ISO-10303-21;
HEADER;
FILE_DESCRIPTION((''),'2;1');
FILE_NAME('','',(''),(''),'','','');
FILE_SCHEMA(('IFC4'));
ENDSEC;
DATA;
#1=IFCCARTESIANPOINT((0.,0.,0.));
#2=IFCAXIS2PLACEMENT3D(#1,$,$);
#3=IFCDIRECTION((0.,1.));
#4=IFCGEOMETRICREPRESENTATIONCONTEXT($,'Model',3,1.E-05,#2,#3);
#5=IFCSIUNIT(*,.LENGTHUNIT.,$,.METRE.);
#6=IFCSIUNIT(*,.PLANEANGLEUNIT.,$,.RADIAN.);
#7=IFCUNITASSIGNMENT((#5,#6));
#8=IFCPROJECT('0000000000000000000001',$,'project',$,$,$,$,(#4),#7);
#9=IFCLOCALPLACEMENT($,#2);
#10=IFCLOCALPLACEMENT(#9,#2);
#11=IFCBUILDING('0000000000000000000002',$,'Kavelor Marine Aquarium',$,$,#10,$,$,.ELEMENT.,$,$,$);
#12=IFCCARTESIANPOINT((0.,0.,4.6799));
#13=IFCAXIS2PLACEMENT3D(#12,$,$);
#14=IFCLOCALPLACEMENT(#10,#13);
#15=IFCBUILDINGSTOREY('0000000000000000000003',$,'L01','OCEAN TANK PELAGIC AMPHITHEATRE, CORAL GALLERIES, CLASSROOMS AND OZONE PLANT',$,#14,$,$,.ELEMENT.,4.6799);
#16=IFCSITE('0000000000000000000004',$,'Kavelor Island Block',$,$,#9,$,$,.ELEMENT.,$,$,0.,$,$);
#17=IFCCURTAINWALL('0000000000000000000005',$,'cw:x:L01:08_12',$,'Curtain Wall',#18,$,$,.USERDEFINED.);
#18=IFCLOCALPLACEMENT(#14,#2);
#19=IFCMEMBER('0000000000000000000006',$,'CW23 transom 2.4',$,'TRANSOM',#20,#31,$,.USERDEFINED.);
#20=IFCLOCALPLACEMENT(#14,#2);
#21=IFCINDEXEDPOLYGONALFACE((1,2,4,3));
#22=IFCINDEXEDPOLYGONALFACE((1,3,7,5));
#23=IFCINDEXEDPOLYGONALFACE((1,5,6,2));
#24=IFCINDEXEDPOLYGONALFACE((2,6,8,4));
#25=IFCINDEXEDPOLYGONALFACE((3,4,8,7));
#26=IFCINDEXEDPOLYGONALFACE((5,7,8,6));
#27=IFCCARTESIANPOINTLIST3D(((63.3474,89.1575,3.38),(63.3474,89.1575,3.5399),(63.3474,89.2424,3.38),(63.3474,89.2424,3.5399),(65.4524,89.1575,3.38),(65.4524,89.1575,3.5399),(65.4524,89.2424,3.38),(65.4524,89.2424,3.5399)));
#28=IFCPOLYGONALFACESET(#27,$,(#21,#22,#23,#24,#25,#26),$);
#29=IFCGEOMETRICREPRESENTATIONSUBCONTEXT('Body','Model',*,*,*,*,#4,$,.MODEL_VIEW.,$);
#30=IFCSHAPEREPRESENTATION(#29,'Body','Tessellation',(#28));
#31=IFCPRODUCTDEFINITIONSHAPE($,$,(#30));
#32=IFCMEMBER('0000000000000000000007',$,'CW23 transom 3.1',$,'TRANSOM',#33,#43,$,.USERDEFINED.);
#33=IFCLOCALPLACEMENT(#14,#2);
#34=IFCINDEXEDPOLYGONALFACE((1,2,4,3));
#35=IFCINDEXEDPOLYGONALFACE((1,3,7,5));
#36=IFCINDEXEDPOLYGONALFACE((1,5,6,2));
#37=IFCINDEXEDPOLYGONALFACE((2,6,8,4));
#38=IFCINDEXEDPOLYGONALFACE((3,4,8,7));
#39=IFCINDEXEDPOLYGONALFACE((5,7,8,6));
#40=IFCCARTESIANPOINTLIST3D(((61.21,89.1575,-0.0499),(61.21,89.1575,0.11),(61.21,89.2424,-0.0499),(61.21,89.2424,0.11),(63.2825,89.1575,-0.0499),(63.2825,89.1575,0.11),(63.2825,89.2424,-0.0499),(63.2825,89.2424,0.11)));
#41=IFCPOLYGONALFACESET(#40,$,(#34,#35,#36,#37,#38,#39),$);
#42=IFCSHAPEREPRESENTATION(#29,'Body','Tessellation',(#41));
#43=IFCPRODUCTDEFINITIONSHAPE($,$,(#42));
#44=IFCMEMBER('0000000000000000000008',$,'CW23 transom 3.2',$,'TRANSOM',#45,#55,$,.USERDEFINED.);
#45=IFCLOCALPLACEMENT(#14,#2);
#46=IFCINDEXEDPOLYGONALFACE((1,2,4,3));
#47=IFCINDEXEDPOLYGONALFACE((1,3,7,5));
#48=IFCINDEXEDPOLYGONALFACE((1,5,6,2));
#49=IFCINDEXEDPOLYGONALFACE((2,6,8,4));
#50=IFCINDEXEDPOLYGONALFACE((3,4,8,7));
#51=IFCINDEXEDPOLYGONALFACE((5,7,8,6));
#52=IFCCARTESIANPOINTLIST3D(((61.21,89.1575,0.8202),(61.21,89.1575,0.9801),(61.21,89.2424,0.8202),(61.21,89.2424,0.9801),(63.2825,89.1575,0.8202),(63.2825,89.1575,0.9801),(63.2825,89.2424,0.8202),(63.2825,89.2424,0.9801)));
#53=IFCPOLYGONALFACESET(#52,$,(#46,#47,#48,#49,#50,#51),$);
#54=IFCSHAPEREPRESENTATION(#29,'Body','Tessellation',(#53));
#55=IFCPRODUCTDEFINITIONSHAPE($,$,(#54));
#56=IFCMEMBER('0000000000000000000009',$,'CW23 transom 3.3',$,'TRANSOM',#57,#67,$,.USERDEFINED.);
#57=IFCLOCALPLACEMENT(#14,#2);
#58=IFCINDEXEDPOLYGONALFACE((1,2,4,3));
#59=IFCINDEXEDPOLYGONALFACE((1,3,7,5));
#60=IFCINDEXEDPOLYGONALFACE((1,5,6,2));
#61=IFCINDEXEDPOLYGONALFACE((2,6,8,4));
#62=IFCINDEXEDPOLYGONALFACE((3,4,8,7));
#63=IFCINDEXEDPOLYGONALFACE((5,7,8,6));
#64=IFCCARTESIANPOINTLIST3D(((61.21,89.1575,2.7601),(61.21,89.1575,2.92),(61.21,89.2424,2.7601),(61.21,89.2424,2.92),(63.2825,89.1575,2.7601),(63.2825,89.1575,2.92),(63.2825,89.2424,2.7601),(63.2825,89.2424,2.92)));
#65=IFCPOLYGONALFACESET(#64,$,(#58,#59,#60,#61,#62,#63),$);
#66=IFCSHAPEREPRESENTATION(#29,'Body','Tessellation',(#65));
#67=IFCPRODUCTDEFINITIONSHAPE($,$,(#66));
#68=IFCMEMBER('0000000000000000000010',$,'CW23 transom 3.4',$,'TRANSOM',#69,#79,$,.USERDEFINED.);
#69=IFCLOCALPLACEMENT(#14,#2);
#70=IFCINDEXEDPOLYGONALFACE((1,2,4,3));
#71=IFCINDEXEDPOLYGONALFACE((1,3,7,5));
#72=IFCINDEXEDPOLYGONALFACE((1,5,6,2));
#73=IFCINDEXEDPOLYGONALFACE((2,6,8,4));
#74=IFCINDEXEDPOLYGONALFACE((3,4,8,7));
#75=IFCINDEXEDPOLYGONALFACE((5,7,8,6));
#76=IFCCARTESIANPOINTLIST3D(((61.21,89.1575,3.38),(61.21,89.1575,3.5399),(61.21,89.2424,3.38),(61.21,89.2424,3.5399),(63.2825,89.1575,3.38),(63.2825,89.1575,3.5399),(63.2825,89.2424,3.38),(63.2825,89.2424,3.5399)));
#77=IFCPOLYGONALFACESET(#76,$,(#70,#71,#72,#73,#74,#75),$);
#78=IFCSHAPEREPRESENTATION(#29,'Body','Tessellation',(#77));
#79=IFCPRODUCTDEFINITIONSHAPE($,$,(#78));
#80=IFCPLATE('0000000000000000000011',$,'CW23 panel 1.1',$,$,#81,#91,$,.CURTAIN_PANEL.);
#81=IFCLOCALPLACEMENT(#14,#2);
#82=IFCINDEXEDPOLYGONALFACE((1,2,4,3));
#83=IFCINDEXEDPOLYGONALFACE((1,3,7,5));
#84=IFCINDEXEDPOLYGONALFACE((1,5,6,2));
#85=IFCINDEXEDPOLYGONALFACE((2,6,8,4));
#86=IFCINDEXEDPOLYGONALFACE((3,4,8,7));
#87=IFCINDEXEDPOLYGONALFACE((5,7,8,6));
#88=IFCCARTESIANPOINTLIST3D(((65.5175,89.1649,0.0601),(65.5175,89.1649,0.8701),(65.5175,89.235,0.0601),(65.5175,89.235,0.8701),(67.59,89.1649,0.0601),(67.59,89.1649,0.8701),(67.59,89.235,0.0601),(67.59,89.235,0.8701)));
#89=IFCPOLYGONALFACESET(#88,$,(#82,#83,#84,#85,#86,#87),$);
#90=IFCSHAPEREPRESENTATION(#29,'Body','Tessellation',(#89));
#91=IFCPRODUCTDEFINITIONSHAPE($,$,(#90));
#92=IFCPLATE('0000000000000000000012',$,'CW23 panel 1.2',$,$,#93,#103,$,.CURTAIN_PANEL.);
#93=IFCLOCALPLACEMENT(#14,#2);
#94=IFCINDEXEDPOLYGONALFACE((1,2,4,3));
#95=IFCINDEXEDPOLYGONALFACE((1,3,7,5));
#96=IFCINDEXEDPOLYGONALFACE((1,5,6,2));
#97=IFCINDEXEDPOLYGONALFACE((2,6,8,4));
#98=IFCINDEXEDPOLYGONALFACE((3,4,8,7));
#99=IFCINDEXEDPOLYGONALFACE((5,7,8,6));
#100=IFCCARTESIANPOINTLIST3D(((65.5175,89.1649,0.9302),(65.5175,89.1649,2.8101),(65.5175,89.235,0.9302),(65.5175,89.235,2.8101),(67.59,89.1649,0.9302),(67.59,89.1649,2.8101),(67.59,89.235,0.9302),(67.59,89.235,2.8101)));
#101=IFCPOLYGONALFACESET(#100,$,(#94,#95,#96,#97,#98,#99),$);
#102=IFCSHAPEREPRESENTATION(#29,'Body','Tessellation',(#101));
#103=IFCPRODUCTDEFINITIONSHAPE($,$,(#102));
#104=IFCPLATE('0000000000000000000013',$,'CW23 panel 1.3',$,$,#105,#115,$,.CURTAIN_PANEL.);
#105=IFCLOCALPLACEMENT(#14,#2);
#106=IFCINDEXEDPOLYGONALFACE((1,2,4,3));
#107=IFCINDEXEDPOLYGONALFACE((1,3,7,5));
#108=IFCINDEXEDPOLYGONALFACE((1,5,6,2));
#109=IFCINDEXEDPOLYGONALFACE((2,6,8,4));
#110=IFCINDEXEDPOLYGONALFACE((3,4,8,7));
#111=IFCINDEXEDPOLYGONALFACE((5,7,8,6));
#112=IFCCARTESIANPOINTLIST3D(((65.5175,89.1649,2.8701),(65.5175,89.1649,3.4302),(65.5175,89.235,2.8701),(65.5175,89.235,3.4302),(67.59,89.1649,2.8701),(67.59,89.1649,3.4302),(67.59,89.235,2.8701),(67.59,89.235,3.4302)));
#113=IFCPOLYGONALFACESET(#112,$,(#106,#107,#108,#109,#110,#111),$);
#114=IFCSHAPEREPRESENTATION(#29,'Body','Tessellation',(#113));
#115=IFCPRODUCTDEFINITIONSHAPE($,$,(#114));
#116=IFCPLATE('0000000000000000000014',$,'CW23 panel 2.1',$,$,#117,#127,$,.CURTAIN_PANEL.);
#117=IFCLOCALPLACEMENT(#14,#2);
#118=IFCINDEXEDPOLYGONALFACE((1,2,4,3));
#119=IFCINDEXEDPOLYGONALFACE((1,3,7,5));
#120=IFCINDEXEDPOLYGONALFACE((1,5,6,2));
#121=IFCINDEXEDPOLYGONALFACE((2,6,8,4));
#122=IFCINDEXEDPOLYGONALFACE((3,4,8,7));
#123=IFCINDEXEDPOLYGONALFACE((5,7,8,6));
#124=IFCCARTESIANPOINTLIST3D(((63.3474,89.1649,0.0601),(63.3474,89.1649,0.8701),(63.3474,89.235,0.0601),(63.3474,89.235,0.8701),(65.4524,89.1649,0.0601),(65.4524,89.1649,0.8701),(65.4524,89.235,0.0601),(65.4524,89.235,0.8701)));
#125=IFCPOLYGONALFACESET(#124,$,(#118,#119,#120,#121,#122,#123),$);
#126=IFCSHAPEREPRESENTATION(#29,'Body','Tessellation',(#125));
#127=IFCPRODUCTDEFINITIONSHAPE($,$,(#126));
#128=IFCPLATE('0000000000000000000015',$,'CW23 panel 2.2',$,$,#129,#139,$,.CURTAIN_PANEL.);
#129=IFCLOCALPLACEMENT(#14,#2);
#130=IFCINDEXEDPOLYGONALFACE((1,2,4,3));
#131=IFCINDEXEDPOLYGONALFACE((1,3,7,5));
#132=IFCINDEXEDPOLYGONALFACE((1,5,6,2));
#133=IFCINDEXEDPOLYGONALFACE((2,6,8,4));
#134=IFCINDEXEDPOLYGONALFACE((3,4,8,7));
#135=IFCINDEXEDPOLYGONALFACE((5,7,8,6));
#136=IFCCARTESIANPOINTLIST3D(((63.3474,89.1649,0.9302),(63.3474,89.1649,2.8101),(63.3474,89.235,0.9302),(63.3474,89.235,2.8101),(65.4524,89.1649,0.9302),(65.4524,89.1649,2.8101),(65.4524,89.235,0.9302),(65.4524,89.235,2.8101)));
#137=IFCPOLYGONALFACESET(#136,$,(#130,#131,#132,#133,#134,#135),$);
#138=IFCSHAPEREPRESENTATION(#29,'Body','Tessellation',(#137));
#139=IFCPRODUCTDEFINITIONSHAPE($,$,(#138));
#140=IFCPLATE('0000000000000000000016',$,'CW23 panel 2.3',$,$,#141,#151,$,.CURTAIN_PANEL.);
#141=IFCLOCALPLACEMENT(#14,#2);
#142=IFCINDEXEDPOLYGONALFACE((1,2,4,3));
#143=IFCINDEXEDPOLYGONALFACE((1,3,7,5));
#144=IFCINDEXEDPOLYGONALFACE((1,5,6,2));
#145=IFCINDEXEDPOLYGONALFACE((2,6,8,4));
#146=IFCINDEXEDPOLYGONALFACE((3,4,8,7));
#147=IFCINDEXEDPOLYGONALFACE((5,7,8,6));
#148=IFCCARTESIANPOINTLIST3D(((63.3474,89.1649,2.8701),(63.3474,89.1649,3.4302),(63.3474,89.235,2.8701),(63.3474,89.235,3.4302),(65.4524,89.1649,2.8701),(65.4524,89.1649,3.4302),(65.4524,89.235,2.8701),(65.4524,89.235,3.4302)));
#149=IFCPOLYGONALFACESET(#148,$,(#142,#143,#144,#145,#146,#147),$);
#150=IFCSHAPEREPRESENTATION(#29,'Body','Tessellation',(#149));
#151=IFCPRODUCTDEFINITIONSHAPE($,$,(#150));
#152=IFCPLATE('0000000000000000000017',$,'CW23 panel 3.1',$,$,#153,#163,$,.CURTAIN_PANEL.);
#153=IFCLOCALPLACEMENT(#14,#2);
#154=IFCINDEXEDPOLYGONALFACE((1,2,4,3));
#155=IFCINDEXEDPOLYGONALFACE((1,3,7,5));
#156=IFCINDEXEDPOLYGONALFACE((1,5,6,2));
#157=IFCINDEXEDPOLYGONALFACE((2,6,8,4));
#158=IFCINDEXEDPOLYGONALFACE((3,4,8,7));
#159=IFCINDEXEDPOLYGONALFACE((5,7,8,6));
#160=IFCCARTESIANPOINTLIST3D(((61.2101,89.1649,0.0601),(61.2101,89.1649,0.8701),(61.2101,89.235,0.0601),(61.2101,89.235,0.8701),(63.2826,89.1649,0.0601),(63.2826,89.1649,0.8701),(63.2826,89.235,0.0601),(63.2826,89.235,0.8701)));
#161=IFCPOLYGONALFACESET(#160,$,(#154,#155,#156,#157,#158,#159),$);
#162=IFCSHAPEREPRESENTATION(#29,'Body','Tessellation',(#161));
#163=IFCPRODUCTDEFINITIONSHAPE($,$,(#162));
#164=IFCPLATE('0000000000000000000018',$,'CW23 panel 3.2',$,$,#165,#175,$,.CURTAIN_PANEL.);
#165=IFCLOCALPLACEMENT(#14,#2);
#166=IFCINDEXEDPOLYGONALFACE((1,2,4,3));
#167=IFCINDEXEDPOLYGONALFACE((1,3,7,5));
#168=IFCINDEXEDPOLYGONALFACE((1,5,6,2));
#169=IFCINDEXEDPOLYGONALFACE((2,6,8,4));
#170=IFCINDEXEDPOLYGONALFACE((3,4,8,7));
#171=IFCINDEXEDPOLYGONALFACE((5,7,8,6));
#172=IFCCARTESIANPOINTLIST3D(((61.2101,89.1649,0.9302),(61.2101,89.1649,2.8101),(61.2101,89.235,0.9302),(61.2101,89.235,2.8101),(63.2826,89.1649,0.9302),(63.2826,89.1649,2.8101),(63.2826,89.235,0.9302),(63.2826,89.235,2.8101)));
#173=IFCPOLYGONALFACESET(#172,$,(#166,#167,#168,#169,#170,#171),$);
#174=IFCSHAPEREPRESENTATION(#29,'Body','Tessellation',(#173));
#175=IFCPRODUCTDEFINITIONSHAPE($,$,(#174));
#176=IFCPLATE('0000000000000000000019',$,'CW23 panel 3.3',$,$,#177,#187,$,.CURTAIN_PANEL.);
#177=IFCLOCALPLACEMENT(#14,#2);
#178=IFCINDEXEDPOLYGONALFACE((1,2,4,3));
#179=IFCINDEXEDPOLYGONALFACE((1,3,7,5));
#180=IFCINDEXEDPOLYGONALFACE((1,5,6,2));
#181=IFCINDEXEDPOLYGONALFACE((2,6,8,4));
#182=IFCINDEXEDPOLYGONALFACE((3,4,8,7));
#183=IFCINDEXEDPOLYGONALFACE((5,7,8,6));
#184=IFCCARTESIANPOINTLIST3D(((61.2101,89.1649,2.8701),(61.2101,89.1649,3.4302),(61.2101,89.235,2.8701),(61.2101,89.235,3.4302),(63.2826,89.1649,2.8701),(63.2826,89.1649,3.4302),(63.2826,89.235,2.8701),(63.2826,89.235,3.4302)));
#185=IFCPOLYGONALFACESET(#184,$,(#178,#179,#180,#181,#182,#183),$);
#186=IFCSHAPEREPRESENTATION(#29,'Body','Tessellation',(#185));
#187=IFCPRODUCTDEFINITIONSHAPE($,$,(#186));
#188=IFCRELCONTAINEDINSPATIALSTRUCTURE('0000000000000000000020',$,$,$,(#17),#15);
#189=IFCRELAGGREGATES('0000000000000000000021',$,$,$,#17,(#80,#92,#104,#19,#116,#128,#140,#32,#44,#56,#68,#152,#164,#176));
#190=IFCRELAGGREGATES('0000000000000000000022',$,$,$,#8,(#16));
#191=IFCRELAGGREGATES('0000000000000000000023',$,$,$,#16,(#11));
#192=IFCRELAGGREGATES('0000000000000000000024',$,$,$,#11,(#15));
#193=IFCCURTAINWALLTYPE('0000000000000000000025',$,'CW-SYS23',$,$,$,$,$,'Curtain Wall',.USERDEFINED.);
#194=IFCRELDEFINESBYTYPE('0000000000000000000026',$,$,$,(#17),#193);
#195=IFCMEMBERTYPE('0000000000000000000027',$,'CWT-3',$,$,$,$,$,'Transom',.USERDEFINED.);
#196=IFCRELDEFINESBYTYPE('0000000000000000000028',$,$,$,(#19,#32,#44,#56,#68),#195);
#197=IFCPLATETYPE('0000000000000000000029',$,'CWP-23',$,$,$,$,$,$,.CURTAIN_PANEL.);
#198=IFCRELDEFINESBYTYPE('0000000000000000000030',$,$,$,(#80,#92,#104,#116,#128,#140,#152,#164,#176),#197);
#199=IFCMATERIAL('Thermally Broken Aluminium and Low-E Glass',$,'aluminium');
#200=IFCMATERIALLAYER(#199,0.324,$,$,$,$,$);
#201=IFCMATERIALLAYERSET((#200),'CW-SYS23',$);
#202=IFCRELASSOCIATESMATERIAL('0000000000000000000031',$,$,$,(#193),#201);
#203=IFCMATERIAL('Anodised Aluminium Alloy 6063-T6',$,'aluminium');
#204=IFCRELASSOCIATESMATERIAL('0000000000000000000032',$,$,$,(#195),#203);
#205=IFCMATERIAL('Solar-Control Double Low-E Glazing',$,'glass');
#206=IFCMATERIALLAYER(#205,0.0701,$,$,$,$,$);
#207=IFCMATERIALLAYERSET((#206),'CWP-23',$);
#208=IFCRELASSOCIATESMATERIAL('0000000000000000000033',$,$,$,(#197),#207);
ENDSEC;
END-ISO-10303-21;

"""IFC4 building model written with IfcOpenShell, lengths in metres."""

from ifc_helpers import new_model, si_unit, direction, frame, origin, origin_2d, place, context, subcontext, project, spatial, rectangle, extrude, material, layer, layer_set, material_profile, profile_set, type_object, element, aggregate, save


model = new_model("IFC4")

# Units and contexts
model_context = context("Model", 3, precision=1e-05, world=origin(), true_north=direction((0.0, 1.0)))
body_context = subcontext(model_context, "Body", "Model", "MODEL_VIEW")
ifc_project = project(units=[si_unit("LENGTHUNIT", "METRE"), si_unit("PLANEANGLEUNIT", "RADIAN")], contexts=[model_context])

# Site, building, storey
site_placement = place(None, origin())
site = spatial("IfcSite", under=ifc_project, at=site_placement, Name="Kavelor Island Block", CompositionType="ELEMENT", RefElevation=0.0)
building_placement = place(site_placement, origin())
building = spatial("IfcBuilding", under=site, at=building_placement, Name="Kavelor Marine Aquarium", CompositionType="ELEMENT")
storey_placement = place(building_placement, frame((0.0, 0.0, 4.6799)))
storey = spatial("IfcBuildingStorey", under=building, at=storey_placement, Name="L01", Description="OCEAN TANK PELAGIC AMPHITHEATRE, CORAL GALLERIES, CLASSROOMS AND OZONE PLANT", CompositionType="ELEMENT", Elevation=4.6799)

# Curtain wall, members, plates
ifc_material_1 = material(Name="Thermally Broken Aluminium and Low-E Glass", Category="aluminium")
ifc_layer_1 = layer(ifc_material_1, 0.324)
ifc_layer_set_1 = layer_set([ifc_layer_1], Name="CW-SYS23")
curtain_wall_type = type_object("IfcCurtainWallType", Name="CW-SYS23", ElementType="Curtain Wall", PredefinedType="USERDEFINED", material=ifc_layer_set_1)
curtain_wall_placement = place(storey_placement, origin())
curtain_wall = element("IfcCurtainWall", 1, at=curtain_wall_placement, inside=storey, type_object=curtain_wall_type, Name="cw:x:L01:08_12", ObjectType="Curtain Wall", PredefinedType="USERDEFINED")
ifc_material_2 = material(Name="Anodised Aluminium Alloy 6063-T6", Category="aluminium")
ifc_material_profile_1 = material_profile(ifc_material_2, rectangle(XDim=0.085, YDim=0.1599, at=origin_2d()), Name="CW-TRN 85x160")
ifc_profile_set_1 = profile_set([ifc_material_profile_1], Name="Anodised Aluminium Alloy 6063-T6")
member_type_1 = type_object("IfcMemberType", Name="CWT-3", ElementType="Transom", PredefinedType="USERDEFINED", material=ifc_profile_set_1)
member_1_placement = place(storey_placement, frame((65.4524, 89.2, 3.46), z_axis=(-1.0, 0.0, 0.0), x_axis=(0.0, -1.0, 0.0)))
member_1 = element("IfcMember", 2, at=member_1_placement, type_object=member_type_1, Name="CW23 transom 2.4", ObjectType="TRANSOM", PredefinedType="USERDEFINED", context=body_context, shape_type="SweptSolid", body=[
    extrude(rectangle(XDim=0.085, YDim=0.1599, at=origin_2d()), origin(), (0.0, 0.0, 1.0), 2.105),
])
member_2_placement = place(storey_placement, frame((63.2825, 89.2, 0.03), z_axis=(-1.0, 0.0, 0.0), x_axis=(0.0, -1.0, 0.0)))
member_2 = element("IfcMember", 3, at=member_2_placement, type_object=member_type_1, Name="CW23 transom 3.1", ObjectType="TRANSOM", PredefinedType="USERDEFINED", context=body_context, shape_type="SweptSolid", body=[
    extrude(rectangle(XDim=0.085, YDim=0.1599, at=origin_2d()), origin(), (0.0, 0.0, 1.0), 2.0725),
])
member_3_placement = place(storey_placement, frame((63.2825, 89.2, 0.9001), z_axis=(-1.0, 0.0, 0.0), x_axis=(0.0, -1.0, 0.0)))
member_3 = element("IfcMember", 4, at=member_3_placement, type_object=member_type_1, Name="CW23 transom 3.2", ObjectType="TRANSOM", PredefinedType="USERDEFINED", context=body_context, shape_type="SweptSolid", body=[
    extrude(rectangle(XDim=0.085, YDim=0.1599, at=origin_2d()), origin(), (0.0, 0.0, 1.0), 2.0725),
])
member_4_placement = place(storey_placement, frame((63.2825, 89.2, 2.8401), z_axis=(-1.0, 0.0, 0.0), x_axis=(0.0, -1.0, 0.0)))
member_4 = element("IfcMember", 5, at=member_4_placement, type_object=member_type_1, Name="CW23 transom 3.3", ObjectType="TRANSOM", PredefinedType="USERDEFINED", context=body_context, shape_type="SweptSolid", body=[
    extrude(rectangle(XDim=0.085, YDim=0.1599, at=origin_2d()), origin(), (0.0, 0.0, 1.0), 2.0725),
])
member_5_placement = place(storey_placement, frame((63.2825, 89.2, 3.46), z_axis=(-1.0, 0.0, 0.0), x_axis=(0.0, -1.0, 0.0)))
member_5 = element("IfcMember", 6, at=member_5_placement, type_object=member_type_1, Name="CW23 transom 3.4", ObjectType="TRANSOM", PredefinedType="USERDEFINED", context=body_context, shape_type="SweptSolid", body=[
    extrude(rectangle(XDim=0.085, YDim=0.1599, at=origin_2d()), origin(), (0.0, 0.0, 1.0), 2.0725),
])
ifc_material_3 = material(Name="Solar-Control Double Low-E Glazing", Category="glass")
ifc_layer_2 = layer(ifc_material_3, 0.0701)
ifc_layer_set_2 = layer_set([ifc_layer_2], Name="CWP-23")
plate_type = type_object("IfcPlateType", Name="CWP-23", PredefinedType="CURTAIN_PANEL", material=ifc_layer_set_2)
plate_1_placement = place(storey_placement, frame((66.5537, 89.2, 0.0601), z_axis=(0.0, 0.0, 1.0), x_axis=(-1.0, 0.0, 0.0)))
plate_1 = element("IfcPlate", 7, at=plate_1_placement, type_object=plate_type, Name="CW23 panel 1.1", PredefinedType="CURTAIN_PANEL", context=body_context, shape_type="SweptSolid", body=[
    extrude(rectangle(XDim=2.0725, YDim=0.0701, at=origin_2d()), origin(), (0.0, 0.0, 1.0), 0.8101),
])
plate_2_placement = place(storey_placement, frame((66.5537, 89.2, 0.9302), z_axis=(0.0, 0.0, 1.0), x_axis=(-1.0, 0.0, 0.0)))
plate_2 = element("IfcPlate", 8, at=plate_2_placement, type_object=plate_type, Name="CW23 panel 1.2", PredefinedType="CURTAIN_PANEL", context=body_context, shape_type="SweptSolid", body=[
    extrude(rectangle(XDim=2.0725, YDim=0.0701, at=origin_2d()), origin(), (0.0, 0.0, 1.0), 1.8799),
])
plate_3_placement = place(storey_placement, frame((66.5537, 89.2, 2.8701), z_axis=(0.0, 0.0, 1.0), x_axis=(-1.0, 0.0, 0.0)))
plate_3 = element("IfcPlate", 9, at=plate_3_placement, type_object=plate_type, Name="CW23 panel 1.3", PredefinedType="CURTAIN_PANEL", context=body_context, shape_type="SweptSolid", body=[
    extrude(rectangle(XDim=2.0725, YDim=0.0701, at=origin_2d()), origin(), (0.0, 0.0, 1.0), 0.5601),
])
plate_4_placement = place(storey_placement, frame((64.3999, 89.2, 0.0601), z_axis=(0.0, 0.0, 1.0), x_axis=(-1.0, 0.0, 0.0)))
plate_4 = element("IfcPlate", 10, at=plate_4_placement, type_object=plate_type, Name="CW23 panel 2.1", PredefinedType="CURTAIN_PANEL", context=body_context, shape_type="SweptSolid", body=[
    extrude(rectangle(XDim=2.105, YDim=0.0701, at=origin_2d()), origin(), (0.0, 0.0, 1.0), 0.8101),
])
plate_5_placement = place(storey_placement, frame((64.3999, 89.2, 0.9302), z_axis=(0.0, 0.0, 1.0), x_axis=(-1.0, 0.0, 0.0)))
plate_5 = element("IfcPlate", 11, at=plate_5_placement, type_object=plate_type, Name="CW23 panel 2.2", PredefinedType="CURTAIN_PANEL", context=body_context, shape_type="SweptSolid", body=[
    extrude(rectangle(XDim=2.105, YDim=0.0701, at=origin_2d()), origin(), (0.0, 0.0, 1.0), 1.8799),
])
plate_6_placement = place(storey_placement, frame((64.3999, 89.2, 2.8701), z_axis=(0.0, 0.0, 1.0), x_axis=(-1.0, 0.0, 0.0)))
plate_6 = element("IfcPlate", 12, at=plate_6_placement, type_object=plate_type, Name="CW23 panel 2.3", PredefinedType="CURTAIN_PANEL", context=body_context, shape_type="SweptSolid", body=[
    extrude(rectangle(XDim=2.105, YDim=0.0701, at=origin_2d()), origin(), (0.0, 0.0, 1.0), 0.5601),
])
plate_7_placement = place(storey_placement, frame((62.2463, 89.2, 0.0601), z_axis=(0.0, 0.0, 1.0), x_axis=(-1.0, 0.0, 0.0)))
plate_7 = element("IfcPlate", 13, at=plate_7_placement, type_object=plate_type, Name="CW23 panel 3.1", PredefinedType="CURTAIN_PANEL", context=body_context, shape_type="SweptSolid", body=[
    extrude(rectangle(XDim=2.0725, YDim=0.0701, at=origin_2d()), origin(), (0.0, 0.0, 1.0), 0.8101),
])
plate_8_placement = place(storey_placement, frame((62.2463, 89.2, 0.9302), z_axis=(0.0, 0.0, 1.0), x_axis=(-1.0, 0.0, 0.0)))
plate_8 = element("IfcPlate", 14, at=plate_8_placement, type_object=plate_type, Name="CW23 panel 3.2", PredefinedType="CURTAIN_PANEL", context=body_context, shape_type="SweptSolid", body=[
    extrude(rectangle(XDim=2.0725, YDim=0.0701, at=origin_2d()), origin(), (0.0, 0.0, 1.0), 1.8799),
])
plate_9_placement = place(storey_placement, frame((62.2463, 89.2, 2.8701), z_axis=(0.0, 0.0, 1.0), x_axis=(-1.0, 0.0, 0.0)))
plate_9 = element("IfcPlate", 15, at=plate_9_placement, type_object=plate_type, Name="CW23 panel 3.3", PredefinedType="CURTAIN_PANEL", context=body_context, shape_type="SweptSolid", body=[
    extrude(rectangle(XDim=2.0725, YDim=0.0701, at=origin_2d()), origin(), (0.0, 0.0, 1.0), 0.5601),
])
aggregate(curtain_wall, [plate_1, plate_2, plate_3, member_1, plate_4, plate_5, plate_6, member_2, member_3, member_4, member_5, plate_7, plate_8, plate_9])

save(model, "model.ifc")
